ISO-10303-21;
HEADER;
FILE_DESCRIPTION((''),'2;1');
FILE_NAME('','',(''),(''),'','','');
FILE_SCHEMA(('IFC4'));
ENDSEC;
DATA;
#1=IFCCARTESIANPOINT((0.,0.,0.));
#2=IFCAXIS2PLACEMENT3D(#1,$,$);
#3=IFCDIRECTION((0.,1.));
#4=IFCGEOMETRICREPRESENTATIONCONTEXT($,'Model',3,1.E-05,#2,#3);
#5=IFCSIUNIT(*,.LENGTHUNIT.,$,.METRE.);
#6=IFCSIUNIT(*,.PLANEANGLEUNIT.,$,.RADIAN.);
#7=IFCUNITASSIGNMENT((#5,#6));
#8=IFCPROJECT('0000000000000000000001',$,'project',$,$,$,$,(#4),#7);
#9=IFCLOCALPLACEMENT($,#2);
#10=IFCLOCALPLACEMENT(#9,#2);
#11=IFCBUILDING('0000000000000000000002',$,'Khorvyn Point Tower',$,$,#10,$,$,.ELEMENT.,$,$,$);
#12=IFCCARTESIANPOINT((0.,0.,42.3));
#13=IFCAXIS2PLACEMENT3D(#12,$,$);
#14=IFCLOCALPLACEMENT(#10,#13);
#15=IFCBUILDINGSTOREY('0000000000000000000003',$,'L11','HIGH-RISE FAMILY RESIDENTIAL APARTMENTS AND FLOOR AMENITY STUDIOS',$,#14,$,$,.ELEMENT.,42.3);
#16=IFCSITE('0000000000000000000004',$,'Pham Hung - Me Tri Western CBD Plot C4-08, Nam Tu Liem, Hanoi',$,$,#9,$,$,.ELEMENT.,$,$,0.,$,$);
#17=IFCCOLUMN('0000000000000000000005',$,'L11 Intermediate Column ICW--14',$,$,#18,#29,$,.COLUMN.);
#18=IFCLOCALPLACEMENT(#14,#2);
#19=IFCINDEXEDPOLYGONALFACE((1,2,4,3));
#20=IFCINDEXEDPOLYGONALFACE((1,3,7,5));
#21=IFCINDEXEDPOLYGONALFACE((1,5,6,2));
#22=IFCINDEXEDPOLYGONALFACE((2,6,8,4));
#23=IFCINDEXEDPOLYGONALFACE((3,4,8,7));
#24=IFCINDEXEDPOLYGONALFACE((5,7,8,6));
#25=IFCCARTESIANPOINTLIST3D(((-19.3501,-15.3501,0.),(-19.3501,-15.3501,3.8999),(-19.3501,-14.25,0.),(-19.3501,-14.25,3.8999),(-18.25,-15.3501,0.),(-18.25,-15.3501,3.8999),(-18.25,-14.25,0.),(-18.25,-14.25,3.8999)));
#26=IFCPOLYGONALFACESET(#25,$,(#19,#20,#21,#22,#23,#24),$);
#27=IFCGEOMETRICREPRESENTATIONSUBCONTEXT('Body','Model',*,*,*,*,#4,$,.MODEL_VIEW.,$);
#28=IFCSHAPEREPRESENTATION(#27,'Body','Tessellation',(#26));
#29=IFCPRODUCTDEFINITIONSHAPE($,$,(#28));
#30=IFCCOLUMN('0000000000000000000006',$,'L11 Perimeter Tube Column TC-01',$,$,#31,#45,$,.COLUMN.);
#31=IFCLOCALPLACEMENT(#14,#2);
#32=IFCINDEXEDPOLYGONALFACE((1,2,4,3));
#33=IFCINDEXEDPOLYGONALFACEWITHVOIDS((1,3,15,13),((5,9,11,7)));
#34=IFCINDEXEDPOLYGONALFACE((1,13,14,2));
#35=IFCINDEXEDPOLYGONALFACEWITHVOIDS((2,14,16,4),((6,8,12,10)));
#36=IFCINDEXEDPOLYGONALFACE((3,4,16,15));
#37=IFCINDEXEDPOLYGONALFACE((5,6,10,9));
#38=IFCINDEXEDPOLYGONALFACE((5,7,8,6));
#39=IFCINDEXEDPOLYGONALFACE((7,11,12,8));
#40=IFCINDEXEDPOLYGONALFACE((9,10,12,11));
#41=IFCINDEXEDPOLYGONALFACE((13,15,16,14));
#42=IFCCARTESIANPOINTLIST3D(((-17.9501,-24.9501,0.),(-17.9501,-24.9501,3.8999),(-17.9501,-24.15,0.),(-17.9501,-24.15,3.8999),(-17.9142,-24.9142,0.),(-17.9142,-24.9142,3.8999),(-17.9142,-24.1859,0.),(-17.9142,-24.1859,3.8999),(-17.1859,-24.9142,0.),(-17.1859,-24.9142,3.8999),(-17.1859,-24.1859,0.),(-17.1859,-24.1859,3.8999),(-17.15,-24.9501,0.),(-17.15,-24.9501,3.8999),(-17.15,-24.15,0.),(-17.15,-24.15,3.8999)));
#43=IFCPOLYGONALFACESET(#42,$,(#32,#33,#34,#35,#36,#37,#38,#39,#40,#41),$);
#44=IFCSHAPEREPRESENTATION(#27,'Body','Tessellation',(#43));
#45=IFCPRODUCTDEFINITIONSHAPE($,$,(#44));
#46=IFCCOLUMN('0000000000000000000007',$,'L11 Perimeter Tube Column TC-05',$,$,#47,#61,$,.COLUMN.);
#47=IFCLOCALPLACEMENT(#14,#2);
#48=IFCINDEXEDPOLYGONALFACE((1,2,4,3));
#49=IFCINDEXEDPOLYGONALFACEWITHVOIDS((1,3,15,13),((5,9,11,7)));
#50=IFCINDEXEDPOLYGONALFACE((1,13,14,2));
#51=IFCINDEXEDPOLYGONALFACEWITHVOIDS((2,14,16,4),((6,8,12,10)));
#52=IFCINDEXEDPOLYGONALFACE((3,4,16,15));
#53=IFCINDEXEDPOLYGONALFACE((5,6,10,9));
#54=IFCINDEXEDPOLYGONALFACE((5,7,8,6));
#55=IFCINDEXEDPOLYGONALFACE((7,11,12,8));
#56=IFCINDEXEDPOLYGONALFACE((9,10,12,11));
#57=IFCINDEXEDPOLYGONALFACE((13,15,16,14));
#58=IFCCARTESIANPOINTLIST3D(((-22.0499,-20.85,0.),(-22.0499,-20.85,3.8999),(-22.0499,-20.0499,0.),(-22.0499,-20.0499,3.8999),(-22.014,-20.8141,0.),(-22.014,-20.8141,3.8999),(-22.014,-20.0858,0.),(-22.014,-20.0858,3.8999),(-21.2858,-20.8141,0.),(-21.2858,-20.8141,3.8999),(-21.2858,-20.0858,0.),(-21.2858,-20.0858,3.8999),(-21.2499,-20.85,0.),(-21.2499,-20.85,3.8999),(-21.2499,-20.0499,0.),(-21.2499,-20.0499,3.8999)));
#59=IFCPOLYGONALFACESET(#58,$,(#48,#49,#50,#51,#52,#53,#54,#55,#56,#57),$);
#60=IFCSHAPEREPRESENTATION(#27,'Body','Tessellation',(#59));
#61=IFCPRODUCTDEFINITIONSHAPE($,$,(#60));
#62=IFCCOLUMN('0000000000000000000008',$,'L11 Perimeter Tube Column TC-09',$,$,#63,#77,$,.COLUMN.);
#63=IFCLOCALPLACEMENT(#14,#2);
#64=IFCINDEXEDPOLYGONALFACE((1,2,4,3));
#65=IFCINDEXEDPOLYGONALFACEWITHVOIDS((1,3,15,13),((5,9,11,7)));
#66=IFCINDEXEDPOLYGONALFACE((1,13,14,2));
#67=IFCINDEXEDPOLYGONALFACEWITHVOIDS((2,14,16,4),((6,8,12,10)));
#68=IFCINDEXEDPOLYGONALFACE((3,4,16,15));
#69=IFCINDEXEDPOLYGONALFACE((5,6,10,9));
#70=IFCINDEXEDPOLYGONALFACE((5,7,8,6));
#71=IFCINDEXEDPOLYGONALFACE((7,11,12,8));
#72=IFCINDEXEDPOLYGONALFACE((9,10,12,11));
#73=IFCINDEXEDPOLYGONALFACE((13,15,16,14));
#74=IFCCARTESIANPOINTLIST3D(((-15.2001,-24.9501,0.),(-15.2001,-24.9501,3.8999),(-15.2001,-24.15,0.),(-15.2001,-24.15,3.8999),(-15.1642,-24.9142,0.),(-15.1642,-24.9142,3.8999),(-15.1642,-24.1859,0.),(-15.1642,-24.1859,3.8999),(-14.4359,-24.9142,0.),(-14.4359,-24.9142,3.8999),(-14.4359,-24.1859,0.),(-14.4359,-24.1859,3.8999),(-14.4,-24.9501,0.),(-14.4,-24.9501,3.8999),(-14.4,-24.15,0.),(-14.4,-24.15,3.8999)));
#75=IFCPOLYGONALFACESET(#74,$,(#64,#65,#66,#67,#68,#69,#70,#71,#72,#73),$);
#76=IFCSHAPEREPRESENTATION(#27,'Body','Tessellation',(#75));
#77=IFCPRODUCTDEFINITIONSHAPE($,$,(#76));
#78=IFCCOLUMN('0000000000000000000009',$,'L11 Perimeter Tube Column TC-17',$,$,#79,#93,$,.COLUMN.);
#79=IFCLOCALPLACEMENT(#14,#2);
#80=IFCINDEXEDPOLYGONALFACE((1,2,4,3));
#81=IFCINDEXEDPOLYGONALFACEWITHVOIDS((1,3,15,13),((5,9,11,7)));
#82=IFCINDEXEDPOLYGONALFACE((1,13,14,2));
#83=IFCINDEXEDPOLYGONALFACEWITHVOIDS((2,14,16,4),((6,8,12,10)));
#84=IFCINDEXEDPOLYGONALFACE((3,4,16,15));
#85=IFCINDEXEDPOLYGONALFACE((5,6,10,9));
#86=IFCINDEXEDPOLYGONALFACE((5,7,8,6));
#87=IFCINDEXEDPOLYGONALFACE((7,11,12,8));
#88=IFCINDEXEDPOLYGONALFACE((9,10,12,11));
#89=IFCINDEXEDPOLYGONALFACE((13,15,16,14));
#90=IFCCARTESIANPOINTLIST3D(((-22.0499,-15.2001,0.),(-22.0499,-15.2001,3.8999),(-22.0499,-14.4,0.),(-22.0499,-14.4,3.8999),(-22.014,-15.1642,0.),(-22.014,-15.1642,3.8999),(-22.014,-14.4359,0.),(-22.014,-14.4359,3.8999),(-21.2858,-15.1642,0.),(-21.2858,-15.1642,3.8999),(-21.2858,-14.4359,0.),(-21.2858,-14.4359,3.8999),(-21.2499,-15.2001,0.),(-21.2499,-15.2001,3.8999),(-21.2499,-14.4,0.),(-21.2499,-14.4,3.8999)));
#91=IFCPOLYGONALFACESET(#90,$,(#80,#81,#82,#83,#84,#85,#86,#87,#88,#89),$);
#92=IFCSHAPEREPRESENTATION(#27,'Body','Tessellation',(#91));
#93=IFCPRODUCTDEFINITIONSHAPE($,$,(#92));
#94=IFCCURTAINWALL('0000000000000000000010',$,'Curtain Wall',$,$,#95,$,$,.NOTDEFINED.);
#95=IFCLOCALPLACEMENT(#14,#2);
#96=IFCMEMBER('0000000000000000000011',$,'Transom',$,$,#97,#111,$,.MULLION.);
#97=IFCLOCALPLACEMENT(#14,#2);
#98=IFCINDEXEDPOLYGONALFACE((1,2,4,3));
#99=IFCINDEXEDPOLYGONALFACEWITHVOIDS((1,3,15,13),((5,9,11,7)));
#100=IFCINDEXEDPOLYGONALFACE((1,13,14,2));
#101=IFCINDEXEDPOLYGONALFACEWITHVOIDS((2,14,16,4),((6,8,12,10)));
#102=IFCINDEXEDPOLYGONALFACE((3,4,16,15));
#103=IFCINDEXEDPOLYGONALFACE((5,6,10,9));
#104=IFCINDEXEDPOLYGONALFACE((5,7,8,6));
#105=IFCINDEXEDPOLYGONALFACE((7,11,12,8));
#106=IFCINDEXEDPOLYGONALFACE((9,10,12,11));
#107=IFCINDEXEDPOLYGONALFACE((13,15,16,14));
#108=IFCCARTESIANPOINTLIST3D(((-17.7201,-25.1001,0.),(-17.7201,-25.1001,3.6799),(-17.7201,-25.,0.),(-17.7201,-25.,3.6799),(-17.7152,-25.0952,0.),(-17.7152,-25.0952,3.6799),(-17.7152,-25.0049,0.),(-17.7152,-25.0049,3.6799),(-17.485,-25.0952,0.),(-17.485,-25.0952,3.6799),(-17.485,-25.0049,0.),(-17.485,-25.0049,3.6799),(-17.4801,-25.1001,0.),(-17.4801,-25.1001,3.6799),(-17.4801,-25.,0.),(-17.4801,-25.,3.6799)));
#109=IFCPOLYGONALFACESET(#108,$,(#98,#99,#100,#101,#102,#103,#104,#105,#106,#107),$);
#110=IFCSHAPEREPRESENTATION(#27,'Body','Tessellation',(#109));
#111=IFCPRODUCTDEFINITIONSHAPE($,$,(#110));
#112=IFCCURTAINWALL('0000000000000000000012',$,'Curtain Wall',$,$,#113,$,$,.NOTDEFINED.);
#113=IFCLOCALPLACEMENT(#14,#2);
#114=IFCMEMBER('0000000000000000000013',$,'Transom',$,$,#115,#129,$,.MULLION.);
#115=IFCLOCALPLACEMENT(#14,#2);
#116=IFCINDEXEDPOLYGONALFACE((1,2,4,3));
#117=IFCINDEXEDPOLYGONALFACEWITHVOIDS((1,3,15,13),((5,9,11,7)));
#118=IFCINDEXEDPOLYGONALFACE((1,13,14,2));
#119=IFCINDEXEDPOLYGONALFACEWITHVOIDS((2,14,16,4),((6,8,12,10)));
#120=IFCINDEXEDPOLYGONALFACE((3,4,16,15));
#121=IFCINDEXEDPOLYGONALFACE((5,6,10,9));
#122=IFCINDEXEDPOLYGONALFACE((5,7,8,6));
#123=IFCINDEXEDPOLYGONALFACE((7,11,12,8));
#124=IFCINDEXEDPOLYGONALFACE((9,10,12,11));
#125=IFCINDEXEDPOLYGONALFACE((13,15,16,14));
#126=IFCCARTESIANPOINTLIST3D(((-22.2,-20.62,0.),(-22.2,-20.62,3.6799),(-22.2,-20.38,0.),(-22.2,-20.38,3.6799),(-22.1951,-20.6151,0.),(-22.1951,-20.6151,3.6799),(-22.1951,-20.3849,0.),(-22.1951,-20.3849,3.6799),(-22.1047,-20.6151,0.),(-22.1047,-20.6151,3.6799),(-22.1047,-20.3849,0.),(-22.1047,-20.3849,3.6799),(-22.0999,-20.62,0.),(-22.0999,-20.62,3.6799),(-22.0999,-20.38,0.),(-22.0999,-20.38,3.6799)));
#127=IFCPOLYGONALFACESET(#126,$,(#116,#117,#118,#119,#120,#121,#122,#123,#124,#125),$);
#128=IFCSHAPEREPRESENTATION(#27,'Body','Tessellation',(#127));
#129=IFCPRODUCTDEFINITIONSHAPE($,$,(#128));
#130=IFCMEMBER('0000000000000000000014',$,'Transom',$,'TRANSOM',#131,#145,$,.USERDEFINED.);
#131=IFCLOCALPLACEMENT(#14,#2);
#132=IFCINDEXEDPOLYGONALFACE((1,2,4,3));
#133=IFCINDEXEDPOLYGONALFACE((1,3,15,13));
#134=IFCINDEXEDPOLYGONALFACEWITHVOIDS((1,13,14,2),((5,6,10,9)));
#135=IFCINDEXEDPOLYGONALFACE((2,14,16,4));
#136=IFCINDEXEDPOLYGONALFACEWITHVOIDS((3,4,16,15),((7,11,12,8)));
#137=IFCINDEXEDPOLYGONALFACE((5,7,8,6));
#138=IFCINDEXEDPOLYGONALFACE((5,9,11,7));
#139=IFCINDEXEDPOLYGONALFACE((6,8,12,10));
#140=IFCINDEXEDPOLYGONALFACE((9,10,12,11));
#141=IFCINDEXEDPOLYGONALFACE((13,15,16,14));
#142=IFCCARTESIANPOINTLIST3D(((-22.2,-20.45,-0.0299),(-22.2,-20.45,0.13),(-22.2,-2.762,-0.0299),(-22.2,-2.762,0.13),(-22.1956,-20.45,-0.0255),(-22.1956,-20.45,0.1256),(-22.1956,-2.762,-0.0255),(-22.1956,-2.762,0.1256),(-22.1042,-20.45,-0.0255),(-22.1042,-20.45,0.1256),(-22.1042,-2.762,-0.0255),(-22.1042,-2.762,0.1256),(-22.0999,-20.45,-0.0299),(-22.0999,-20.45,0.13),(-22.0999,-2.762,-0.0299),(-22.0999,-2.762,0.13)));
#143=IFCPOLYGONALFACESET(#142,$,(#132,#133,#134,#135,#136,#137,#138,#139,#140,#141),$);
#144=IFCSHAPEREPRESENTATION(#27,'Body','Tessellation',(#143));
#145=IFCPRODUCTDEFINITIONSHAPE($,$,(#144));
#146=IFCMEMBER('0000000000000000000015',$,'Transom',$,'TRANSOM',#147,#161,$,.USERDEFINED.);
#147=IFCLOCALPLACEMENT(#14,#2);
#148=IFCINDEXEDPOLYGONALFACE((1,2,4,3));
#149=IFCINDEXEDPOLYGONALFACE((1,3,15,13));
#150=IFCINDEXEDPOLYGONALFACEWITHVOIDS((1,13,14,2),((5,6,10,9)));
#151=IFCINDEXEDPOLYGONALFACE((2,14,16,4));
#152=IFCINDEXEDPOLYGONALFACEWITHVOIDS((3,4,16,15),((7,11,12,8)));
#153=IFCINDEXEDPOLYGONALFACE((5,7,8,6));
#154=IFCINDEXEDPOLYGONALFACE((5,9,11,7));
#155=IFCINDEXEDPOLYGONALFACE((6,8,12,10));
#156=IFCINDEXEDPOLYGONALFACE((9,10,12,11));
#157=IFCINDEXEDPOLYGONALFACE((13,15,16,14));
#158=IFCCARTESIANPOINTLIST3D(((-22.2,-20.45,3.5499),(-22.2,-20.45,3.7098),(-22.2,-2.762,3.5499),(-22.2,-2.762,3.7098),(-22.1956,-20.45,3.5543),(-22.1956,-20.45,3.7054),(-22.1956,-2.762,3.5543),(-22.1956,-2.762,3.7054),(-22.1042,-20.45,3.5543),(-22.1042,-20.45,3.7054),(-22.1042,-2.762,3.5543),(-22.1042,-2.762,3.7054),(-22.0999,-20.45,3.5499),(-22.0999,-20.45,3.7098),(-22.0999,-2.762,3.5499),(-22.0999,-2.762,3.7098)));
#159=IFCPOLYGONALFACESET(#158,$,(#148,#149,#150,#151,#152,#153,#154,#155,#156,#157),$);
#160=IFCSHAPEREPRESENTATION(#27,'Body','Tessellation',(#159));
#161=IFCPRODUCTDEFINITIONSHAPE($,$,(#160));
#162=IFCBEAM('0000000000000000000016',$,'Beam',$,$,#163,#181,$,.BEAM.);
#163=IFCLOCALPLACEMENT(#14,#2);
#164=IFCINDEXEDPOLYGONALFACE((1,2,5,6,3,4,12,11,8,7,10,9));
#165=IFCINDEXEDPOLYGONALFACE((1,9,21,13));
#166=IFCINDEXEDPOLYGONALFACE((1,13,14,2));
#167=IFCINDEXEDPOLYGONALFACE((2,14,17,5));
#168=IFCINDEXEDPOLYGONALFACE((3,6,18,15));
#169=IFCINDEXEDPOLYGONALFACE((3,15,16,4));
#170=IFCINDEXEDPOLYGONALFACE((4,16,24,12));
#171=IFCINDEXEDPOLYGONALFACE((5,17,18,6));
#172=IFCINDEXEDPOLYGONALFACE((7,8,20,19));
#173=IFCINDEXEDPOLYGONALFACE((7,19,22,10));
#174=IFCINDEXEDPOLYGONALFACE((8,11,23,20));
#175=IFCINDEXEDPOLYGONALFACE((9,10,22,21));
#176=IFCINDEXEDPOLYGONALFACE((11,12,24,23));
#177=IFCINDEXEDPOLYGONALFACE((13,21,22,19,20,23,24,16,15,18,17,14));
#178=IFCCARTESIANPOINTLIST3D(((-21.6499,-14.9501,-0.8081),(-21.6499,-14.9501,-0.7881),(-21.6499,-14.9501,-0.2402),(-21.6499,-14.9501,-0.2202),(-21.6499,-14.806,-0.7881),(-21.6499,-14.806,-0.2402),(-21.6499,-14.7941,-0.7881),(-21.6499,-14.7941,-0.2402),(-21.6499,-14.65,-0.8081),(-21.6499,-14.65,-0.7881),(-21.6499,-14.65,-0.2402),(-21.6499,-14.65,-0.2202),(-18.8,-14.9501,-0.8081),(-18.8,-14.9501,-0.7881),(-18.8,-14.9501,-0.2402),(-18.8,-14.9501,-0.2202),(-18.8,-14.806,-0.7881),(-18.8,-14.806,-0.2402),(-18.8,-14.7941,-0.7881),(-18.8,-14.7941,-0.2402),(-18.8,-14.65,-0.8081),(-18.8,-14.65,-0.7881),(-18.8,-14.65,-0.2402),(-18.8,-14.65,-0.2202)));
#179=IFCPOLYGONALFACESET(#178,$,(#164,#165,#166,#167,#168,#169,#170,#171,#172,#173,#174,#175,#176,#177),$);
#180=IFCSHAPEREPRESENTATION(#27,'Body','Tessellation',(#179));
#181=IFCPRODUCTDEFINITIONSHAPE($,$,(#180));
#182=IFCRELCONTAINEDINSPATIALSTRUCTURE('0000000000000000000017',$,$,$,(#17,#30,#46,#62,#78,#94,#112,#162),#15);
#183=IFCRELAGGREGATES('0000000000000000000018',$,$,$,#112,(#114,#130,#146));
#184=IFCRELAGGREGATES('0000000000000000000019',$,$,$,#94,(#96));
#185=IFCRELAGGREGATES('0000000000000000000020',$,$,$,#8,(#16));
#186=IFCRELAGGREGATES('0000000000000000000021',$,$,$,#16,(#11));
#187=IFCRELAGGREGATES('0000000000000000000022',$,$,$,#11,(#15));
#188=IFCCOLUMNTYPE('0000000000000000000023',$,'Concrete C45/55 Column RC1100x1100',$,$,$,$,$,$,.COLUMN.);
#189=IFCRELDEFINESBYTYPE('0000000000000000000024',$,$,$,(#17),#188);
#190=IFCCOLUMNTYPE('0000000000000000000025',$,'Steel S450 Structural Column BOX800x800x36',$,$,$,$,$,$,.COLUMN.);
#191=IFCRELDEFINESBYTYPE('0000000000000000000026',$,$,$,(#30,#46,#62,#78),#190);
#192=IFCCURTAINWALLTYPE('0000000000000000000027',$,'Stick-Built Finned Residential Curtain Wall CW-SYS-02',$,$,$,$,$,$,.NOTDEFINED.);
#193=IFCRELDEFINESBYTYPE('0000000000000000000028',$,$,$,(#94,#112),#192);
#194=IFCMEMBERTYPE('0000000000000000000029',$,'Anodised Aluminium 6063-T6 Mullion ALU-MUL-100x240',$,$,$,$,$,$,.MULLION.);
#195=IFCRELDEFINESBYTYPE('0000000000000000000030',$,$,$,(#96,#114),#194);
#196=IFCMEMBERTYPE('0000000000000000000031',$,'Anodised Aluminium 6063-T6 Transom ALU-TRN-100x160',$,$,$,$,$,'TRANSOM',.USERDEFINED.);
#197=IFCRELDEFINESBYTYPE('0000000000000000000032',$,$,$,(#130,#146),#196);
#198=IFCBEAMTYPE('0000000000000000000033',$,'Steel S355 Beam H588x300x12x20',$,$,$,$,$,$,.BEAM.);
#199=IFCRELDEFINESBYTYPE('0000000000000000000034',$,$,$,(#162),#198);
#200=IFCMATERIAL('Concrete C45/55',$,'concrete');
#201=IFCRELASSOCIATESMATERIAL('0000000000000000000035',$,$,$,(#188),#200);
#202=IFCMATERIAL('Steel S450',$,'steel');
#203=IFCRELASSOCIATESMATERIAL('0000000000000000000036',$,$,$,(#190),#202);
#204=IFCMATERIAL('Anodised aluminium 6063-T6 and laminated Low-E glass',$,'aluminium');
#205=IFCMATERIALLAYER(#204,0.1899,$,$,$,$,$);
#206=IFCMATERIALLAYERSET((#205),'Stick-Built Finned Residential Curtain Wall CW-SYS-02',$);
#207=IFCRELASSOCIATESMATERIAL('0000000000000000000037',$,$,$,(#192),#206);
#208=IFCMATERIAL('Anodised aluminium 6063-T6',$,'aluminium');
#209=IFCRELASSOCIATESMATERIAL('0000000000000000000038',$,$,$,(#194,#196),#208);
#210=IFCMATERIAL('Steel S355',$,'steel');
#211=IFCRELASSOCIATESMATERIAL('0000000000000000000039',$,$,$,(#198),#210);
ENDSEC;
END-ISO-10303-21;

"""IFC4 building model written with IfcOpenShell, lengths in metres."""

from ifc_helpers import new_model, si_unit, direction, frame, origin, origin_2d, place, context, subcontext, project, spatial, rectangle, hollow_rectangle, i_section, extrude, material, layer, layer_set, material_profile, profile_set, type_object, element, aggregate, save


model = new_model("IFC4")

# Units and contexts
model_context = context("Model", 3, precision=1e-05, world=origin(), true_north=direction((0.0, 1.0)))
body_context = subcontext(model_context, "Body", "Model", "MODEL_VIEW")
ifc_project = project(units=[si_unit("LENGTHUNIT", "METRE"), si_unit("PLANEANGLEUNIT", "RADIAN")], contexts=[model_context])

# Site, building, storey
site_placement = place(None, origin())
site = spatial("IfcSite", under=ifc_project, at=site_placement, Name="Pham Hung - Me Tri Western CBD Plot C4-08, Nam Tu Liem, Hanoi", CompositionType="ELEMENT", RefElevation=0.0)
building_placement = place(site_placement, origin())
building = spatial("IfcBuilding", under=site, at=building_placement, Name="Khorvyn Point Tower", CompositionType="ELEMENT")
storey_placement = place(building_placement, frame((0.0, 0.0, 42.3)))
storey = spatial("IfcBuildingStorey", under=building, at=storey_placement, Name="L11", Description="HIGH-RISE FAMILY RESIDENTIAL APARTMENTS AND FLOOR AMENITY STUDIOS", CompositionType="ELEMENT", Elevation=42.3)

# Columns
ifc_material_1 = material(Name="Concrete C45/55", Category="concrete")
ifc_material_profile_1 = material_profile(ifc_material_1, rectangle(XDim=1.1001, YDim=1.1001, at=origin_2d()))
ifc_profile_set_1 = profile_set([ifc_material_profile_1], Name="Concrete C45/55 RC1100x1100")
column_type_1 = type_object("IfcColumnType", Name="Concrete C45/55 Column RC1100x1100", PredefinedType="COLUMN", material=ifc_profile_set_1)
column_placement = place(storey_placement, frame((-18.8, -14.8, 0.0), z_axis=(0.0, 0.0, 1.0), x_axis=(1.0, 0.0, 0.0)))
element("IfcColumn", 1, at=column_placement, inside=storey, type_object=column_type_1, Name="L11 Intermediate Column ICW--14", PredefinedType="COLUMN", context=body_context, shape_type="SweptSolid", body=[
    extrude(rectangle(XDim=1.1001, YDim=1.1001, at=origin_2d()), origin(), (0.0, 0.0, 1.0), 3.8999),
])
ifc_material_2 = material(Name="Steel S450", Category="steel")
ifc_material_profile_2 = material_profile(ifc_material_2, hollow_rectangle(XDim=0.8, YDim=0.8, WallThickness=0.0359, at=origin_2d()))
ifc_profile_set_2 = profile_set([ifc_material_profile_2], Name="Steel S450 BOX800x800x36")
column_type_2 = type_object("IfcColumnType", Name="Steel S450 Structural Column BOX800x800x36", PredefinedType="COLUMN", material=ifc_profile_set_2)
for number, where, z_axis, x_axis, name in (
    (2, (-17.55, -24.55, 0.0), (0.0, 0.0, 1.0), (1.0, 0.0, 0.0), "L11 Perimeter Tube Column TC-01"),
    (3, (-21.6499, -20.45, 0.0), (0.0, 0.0, 1.0), (1.0, 0.0, 0.0), "L11 Perimeter Tube Column TC-05"),
    (4, (-14.8, -24.55, 0.0), (0.0, 0.0, 1.0), (1.0, 0.0, 0.0), "L11 Perimeter Tube Column TC-09"),
    (5, (-21.6499, -14.8, 0.0), (0.0, 0.0, 1.0), (1.0, 0.0, 0.0), "L11 Perimeter Tube Column TC-17"),
):
    element("IfcColumn", number, at=place(storey_placement, frame(where, z_axis=z_axis, x_axis=x_axis)), inside=storey, type_object=column_type_2, Name=name, PredefinedType="COLUMN", context=body_context, shape_type="SweptSolid", body=[
        extrude(hollow_rectangle(XDim=0.8, YDim=0.8, WallThickness=0.0359, at=origin_2d()), origin(), (0.0, 0.0, 1.0), 3.8999),
    ])

# Curtain wall, member
ifc_material_3 = material(Name="Anodised aluminium 6063-T6 and laminated Low-E glass", Category="aluminium")
ifc_layer_1 = layer(ifc_material_3, 0.1899)
ifc_layer_set_1 = layer_set([ifc_layer_1], Name="Stick-Built Finned Residential Curtain Wall CW-SYS-02")
curtain_wall_type = type_object("IfcCurtainWallType", Name="Stick-Built Finned Residential Curtain Wall CW-SYS-02", PredefinedType="NOTDEFINED", material=ifc_layer_set_1)
curtain_wall_1_placement = place(storey_placement, origin())
curtain_wall_1 = element("IfcCurtainWall", 6, at=curtain_wall_1_placement, inside=storey, type_object=curtain_wall_type, Name="Curtain Wall", PredefinedType="NOTDEFINED")
ifc_material_4 = material(Name="Anodised aluminium 6063-T6", Category="aluminium")
ifc_material_profile_3 = material_profile(ifc_material_4, hollow_rectangle(XDim=0.1001, YDim=0.24, WallThickness=0.0049, at=origin_2d()))
ifc_profile_set_3 = profile_set([ifc_material_profile_3], Name="Anodised aluminium 6063-T6 ALU-MUL-100x240")
member_type_1 = type_object("IfcMemberType", Name="Anodised Aluminium 6063-T6 Mullion ALU-MUL-100x240", PredefinedType="MULLION", material=ifc_profile_set_3)
member_1_placement = place(storey_placement, frame((-17.6001, -25.05, 0.0), z_axis=(0.0, 0.0, 1.0), x_axis=(0.0, -1.0, 0.0)))
member_1 = element("IfcMember", 7, at=member_1_placement, type_object=member_type_1, Name="Transom", PredefinedType="MULLION", context=body_context, shape_type="SweptSolid", body=[
    extrude(hollow_rectangle(XDim=0.1001, YDim=0.24, WallThickness=0.0049, at=origin_2d()), origin(), (0.0, 0.0, 1.0), 3.6799),
])

# Curtain wall, members
curtain_wall_2_placement = place(storey_placement, origin())
curtain_wall_2 = element("IfcCurtainWall", 8, at=curtain_wall_2_placement, inside=storey, type_object=curtain_wall_type, Name="Curtain Wall", PredefinedType="NOTDEFINED")
member_2_placement = place(storey_placement, frame((-22.1499, -20.5, 0.0), z_axis=(0.0, 0.0, 1.0), x_axis=(-1.0, 0.0, 0.0)))
member_2 = element("IfcMember", 9, at=member_2_placement, type_object=member_type_1, Name="Transom", PredefinedType="MULLION", context=body_context, shape_type="SweptSolid", body=[
    extrude(hollow_rectangle(XDim=0.1001, YDim=0.24, WallThickness=0.0049, at=origin_2d()), origin(), (0.0, 0.0, 1.0), 3.6799),
])
ifc_material_profile_4 = material_profile(ifc_material_4, hollow_rectangle(XDim=0.1001, YDim=0.1599, WallThickness=0.0044, at=origin_2d()))
ifc_profile_set_4 = profile_set([ifc_material_profile_4], Name="Anodised aluminium 6063-T6 ALU-TRN-100x160")
member_type_2 = type_object("IfcMemberType", Name="Anodised Aluminium 6063-T6 Transom ALU-TRN-100x160", ElementType="TRANSOM", PredefinedType="USERDEFINED", material=ifc_profile_set_4)
member_3_placement = place(storey_placement, frame((-22.1499, -20.45, 0.05), z_axis=(0.0, 1.0, 0.0), x_axis=(-1.0, 0.0, 0.0)))
member_3 = element("IfcMember", 10, at=member_3_placement, type_object=member_type_2, Name="Transom", ObjectType="TRANSOM", PredefinedType="USERDEFINED", context=body_context, shape_type="SweptSolid", body=[
    extrude(hollow_rectangle(XDim=0.1001, YDim=0.1599, WallThickness=0.0044, at=origin_2d()), origin(), (0.0, 0.0, 1.0), 17.688),
])
member_4_placement = place(storey_placement, frame((-22.1499, -20.45, 3.6299), z_axis=(0.0, 1.0, 0.0), x_axis=(-1.0, 0.0, 0.0)))
member_4 = element("IfcMember", 11, at=member_4_placement, type_object=member_type_2, Name="Transom", ObjectType="TRANSOM", PredefinedType="USERDEFINED", context=body_context, shape_type="SweptSolid", body=[
    extrude(hollow_rectangle(XDim=0.1001, YDim=0.1599, WallThickness=0.0044, at=origin_2d()), origin(), (0.0, 0.0, 1.0), 17.688),
])
aggregate(curtain_wall_2, [member_2, member_3, member_4])

# Beam
ifc_material_5 = material(Name="Steel S355", Category="steel")
ifc_material_profile_5 = material_profile(ifc_material_5, i_section(OverallWidth=0.3, OverallDepth=0.5879, WebThickness=0.012, FlangeThickness=0.02, at=origin_2d()))
ifc_profile_set_5 = profile_set([ifc_material_profile_5], Name="Steel S355 H588x300x12x20")
beam_type_1 = type_object("IfcBeamType", Name="Steel S355 Beam H588x300x12x20", PredefinedType="BEAM", material=ifc_profile_set_5)
beam_1_placement = place(storey_placement, frame((-21.6499, -14.8, -0.5142), z_axis=(1.0, 0.0, 0.0), x_axis=(0.0, 1.0, 0.0)))
element("IfcBeam", 12, at=beam_1_placement, inside=storey, type_object=beam_type_1, Name="Beam", PredefinedType="BEAM", context=body_context, shape_type="SweptSolid", body=[
    extrude(i_section(OverallWidth=0.3, OverallDepth=0.5879, WebThickness=0.012, FlangeThickness=0.02, at=origin_2d()), origin(), (0.0, 0.0, 1.0), 2.8499),
])

aggregate(curtain_wall_1, [member_1])

save(model, "model.ifc")
